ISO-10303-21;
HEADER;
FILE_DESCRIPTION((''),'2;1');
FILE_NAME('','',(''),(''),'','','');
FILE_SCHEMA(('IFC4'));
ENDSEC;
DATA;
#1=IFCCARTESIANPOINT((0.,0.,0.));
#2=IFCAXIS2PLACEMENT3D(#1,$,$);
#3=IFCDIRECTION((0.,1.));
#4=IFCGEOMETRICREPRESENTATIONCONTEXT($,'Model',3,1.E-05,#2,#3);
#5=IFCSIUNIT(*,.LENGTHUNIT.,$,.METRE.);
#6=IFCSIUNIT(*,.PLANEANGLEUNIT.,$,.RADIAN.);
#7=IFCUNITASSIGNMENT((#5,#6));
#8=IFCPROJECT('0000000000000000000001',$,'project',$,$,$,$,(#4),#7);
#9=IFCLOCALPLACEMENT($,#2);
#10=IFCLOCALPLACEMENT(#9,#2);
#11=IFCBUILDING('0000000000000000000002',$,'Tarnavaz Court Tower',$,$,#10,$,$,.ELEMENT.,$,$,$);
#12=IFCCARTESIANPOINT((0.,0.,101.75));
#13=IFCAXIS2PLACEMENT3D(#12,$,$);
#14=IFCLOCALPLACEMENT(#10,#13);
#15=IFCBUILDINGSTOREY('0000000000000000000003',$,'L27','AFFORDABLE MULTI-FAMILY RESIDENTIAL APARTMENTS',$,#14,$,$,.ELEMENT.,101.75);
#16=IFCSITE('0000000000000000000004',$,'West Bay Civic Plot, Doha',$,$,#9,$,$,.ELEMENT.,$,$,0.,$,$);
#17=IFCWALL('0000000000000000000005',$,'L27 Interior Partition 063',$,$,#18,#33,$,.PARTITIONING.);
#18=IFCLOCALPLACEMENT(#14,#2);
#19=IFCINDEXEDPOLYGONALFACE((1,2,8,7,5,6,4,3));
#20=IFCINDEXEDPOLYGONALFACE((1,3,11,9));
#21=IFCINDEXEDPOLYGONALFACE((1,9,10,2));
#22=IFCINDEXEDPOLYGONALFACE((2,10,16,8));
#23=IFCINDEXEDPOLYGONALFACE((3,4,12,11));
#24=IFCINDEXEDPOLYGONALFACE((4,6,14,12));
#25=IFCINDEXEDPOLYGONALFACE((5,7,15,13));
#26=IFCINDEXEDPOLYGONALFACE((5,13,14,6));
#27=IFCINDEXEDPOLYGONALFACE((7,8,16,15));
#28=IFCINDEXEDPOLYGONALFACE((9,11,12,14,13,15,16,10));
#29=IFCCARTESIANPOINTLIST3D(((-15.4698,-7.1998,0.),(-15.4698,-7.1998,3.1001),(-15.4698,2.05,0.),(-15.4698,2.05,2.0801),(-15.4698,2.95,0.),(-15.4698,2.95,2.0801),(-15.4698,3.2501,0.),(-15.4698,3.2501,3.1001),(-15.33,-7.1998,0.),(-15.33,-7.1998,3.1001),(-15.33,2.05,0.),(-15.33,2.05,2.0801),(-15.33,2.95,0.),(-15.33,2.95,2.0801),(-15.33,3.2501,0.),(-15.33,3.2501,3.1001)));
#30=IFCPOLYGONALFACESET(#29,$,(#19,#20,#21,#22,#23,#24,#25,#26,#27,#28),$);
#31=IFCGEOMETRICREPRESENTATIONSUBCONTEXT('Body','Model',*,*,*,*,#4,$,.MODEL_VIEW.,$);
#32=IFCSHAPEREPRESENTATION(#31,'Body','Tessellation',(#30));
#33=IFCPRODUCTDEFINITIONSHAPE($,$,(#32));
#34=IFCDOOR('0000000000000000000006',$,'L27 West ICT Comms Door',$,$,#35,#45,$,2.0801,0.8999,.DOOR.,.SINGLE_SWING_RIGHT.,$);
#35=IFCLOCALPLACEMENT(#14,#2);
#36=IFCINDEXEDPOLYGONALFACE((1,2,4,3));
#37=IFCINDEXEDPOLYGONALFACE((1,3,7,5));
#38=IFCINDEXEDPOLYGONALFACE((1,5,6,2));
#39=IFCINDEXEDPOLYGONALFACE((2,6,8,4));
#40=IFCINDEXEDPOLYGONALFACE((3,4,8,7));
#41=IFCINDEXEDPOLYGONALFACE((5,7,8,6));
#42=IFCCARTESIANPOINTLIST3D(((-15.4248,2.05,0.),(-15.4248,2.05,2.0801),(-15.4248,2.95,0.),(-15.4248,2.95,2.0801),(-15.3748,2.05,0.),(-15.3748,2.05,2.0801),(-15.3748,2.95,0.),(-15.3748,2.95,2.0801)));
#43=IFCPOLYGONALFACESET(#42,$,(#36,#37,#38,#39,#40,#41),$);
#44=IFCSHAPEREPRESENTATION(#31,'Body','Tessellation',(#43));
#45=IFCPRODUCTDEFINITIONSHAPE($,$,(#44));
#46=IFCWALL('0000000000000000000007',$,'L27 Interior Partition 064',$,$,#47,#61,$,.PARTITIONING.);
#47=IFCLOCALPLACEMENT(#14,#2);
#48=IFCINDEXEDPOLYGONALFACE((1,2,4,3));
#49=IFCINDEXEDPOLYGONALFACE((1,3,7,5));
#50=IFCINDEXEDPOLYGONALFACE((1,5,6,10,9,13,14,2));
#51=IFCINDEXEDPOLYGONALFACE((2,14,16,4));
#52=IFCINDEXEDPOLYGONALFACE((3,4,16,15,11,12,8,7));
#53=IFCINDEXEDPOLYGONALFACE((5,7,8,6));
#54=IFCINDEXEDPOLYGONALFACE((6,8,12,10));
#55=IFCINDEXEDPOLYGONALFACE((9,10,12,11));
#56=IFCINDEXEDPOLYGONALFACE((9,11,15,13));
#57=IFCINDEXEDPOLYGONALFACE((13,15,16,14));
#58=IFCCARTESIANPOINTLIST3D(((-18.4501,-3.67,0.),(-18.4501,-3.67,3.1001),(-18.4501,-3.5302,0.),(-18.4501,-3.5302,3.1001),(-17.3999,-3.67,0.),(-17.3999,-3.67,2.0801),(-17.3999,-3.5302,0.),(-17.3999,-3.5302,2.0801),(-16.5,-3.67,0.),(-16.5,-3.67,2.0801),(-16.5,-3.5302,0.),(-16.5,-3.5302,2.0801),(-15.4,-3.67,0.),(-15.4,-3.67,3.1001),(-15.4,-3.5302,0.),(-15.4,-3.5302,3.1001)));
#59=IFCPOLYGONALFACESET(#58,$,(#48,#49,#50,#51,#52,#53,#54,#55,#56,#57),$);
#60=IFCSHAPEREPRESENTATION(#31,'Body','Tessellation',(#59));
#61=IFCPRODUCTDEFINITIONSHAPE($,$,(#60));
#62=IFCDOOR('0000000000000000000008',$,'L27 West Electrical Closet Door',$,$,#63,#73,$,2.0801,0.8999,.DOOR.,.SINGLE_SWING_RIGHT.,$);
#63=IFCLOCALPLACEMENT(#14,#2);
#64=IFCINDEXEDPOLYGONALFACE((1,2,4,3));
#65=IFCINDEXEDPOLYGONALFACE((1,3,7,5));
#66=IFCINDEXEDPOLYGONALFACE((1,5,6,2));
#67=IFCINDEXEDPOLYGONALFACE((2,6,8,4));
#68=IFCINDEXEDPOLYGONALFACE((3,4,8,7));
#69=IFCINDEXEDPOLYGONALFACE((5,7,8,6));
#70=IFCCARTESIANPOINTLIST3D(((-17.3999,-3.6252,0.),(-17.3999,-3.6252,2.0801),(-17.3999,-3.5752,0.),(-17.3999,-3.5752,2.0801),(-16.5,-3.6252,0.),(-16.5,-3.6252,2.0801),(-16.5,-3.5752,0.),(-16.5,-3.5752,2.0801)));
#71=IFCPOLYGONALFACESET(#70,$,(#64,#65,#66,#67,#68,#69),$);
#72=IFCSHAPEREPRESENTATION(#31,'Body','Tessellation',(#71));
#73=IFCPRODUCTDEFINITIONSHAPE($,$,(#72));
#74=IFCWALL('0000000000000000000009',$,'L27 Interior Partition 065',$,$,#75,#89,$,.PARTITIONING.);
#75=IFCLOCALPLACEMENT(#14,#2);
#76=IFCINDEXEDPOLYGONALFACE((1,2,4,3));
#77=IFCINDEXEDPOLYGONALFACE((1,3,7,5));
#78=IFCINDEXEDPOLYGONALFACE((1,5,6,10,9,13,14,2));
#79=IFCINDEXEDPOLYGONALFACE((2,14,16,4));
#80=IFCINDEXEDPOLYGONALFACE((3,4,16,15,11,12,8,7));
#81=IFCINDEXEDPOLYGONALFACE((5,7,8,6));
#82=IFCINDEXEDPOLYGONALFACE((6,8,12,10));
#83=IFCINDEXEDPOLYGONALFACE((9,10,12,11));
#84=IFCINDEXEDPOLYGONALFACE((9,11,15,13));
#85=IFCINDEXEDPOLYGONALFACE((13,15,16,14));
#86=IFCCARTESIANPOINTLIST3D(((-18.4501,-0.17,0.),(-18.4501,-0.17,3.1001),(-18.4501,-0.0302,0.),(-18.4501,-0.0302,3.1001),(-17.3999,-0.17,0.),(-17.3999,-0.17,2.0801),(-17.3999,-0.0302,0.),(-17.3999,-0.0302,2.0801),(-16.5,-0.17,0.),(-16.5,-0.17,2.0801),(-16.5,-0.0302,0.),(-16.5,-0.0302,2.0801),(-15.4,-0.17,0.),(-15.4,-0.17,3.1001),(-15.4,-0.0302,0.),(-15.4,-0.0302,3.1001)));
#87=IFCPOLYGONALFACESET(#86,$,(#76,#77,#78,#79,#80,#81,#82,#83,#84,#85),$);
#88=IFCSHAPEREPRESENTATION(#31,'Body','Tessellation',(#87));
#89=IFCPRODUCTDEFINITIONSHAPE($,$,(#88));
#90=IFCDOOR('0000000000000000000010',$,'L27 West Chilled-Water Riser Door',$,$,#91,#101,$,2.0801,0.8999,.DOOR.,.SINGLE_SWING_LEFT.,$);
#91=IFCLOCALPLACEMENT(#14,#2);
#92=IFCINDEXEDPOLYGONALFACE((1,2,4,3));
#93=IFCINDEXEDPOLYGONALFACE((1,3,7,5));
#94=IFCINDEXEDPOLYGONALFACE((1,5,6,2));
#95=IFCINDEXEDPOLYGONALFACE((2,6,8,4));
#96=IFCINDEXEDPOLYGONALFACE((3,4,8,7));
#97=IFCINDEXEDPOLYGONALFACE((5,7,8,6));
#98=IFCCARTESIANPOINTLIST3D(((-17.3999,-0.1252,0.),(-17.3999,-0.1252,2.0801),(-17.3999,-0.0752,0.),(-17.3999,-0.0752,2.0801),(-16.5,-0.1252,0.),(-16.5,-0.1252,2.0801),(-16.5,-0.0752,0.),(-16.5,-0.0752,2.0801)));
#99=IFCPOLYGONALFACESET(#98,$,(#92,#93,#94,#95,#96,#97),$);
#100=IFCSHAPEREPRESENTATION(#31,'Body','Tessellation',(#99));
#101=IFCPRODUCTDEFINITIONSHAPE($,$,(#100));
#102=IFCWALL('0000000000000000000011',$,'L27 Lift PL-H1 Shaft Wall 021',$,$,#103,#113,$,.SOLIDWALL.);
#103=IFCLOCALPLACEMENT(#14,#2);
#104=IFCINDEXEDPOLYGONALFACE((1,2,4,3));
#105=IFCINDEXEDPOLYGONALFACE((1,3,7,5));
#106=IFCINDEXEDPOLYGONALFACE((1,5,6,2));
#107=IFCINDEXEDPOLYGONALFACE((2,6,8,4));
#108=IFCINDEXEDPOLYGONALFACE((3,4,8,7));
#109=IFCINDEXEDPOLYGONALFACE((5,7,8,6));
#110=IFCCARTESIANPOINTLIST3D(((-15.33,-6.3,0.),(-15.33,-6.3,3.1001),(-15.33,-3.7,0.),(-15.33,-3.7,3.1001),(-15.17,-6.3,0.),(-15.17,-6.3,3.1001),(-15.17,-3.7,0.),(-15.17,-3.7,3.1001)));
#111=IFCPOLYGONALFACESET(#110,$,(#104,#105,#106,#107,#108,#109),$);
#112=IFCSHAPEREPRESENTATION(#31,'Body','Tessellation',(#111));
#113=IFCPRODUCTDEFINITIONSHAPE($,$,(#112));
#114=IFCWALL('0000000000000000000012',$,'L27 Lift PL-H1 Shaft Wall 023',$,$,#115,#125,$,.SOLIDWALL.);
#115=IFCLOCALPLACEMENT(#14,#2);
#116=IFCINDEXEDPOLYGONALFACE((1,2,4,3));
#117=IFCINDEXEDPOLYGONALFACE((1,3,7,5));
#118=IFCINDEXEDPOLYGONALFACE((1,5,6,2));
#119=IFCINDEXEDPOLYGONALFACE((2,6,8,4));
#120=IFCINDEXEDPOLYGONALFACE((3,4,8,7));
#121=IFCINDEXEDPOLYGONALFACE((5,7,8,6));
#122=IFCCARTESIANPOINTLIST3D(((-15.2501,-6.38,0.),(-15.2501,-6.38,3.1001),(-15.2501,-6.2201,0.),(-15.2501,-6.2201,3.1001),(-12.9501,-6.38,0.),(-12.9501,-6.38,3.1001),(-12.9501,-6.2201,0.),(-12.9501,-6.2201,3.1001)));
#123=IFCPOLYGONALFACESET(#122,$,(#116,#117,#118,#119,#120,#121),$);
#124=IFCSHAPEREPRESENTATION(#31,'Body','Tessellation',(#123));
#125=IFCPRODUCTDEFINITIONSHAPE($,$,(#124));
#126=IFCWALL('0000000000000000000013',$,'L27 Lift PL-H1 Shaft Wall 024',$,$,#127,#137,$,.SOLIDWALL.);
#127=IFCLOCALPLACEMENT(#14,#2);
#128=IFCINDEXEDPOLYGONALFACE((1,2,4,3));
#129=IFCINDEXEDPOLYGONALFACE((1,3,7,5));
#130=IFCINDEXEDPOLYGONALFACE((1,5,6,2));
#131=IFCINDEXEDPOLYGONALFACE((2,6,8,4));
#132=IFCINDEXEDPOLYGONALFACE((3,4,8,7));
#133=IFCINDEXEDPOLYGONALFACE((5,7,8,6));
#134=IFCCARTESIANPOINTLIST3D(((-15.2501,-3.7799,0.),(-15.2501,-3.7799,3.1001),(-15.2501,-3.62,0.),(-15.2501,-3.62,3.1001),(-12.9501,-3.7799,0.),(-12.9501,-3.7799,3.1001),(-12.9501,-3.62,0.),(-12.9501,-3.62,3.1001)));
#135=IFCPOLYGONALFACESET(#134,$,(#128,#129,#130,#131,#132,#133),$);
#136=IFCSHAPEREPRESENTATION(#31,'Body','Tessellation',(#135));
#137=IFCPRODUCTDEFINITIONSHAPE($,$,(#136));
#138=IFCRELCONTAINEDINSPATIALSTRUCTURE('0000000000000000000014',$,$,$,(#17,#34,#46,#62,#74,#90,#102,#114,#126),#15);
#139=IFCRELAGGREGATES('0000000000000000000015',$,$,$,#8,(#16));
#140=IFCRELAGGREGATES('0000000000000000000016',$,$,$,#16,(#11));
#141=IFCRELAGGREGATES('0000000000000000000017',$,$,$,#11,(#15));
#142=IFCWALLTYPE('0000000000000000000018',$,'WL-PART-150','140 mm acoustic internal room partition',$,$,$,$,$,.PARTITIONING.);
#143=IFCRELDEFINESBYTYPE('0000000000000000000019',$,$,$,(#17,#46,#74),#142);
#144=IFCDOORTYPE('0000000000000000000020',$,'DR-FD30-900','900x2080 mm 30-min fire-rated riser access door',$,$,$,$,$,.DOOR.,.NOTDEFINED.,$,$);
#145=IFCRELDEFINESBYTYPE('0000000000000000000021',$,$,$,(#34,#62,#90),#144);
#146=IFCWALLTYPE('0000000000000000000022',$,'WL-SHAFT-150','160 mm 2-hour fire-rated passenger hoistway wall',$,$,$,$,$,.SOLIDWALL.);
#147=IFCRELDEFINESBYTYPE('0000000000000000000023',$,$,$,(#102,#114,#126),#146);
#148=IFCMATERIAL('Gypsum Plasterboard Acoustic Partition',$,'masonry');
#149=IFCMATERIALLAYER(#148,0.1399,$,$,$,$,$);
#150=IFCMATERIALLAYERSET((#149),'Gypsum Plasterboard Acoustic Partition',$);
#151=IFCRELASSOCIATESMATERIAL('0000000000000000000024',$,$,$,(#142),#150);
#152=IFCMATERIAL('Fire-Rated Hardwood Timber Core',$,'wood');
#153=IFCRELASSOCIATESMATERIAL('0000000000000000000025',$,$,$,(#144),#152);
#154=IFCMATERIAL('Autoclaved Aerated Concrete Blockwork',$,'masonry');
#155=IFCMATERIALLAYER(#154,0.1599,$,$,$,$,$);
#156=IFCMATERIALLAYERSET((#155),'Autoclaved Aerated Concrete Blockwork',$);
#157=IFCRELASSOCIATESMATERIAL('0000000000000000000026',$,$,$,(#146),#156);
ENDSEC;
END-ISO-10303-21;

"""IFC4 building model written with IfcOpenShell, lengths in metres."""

from ifc_helpers import new_model, si_unit, direction, frame, frame_2d, origin, place, context, subcontext, project, spatial, rectangle, extrude, material, layer, layer_set, type_object, element, fill, save


model = new_model("IFC4")

# Units and contexts
model_context = context("Model", 3, precision=1e-05, world=origin(), true_north=direction((0.0, 1.0)))
body_context = subcontext(model_context, "Body", "Model", "MODEL_VIEW")
ifc_project = project(units=[si_unit("LENGTHUNIT", "METRE"), si_unit("PLANEANGLEUNIT", "RADIAN")], contexts=[model_context])

# Site, building, storey
site_placement = place(None, origin())
site = spatial("IfcSite", under=ifc_project, at=site_placement, Name="West Bay Civic Plot, Doha", CompositionType="ELEMENT", RefElevation=0.0)
building_placement = place(site_placement, origin())
building = spatial("IfcBuilding", under=site, at=building_placement, Name="Tarnavaz Court Tower", CompositionType="ELEMENT")
storey_placement = place(building_placement, frame((0.0, 0.0, 101.75)))
storey = spatial("IfcBuildingStorey", under=building, at=storey_placement, Name="L27", Description="AFFORDABLE MULTI-FAMILY RESIDENTIAL APARTMENTS", CompositionType="ELEMENT", Elevation=101.75)

# Shared definitions
ifc_material_1 = material(Name="Fire-Rated Hardwood Timber Core", Category="wood")

# Walls, openings, doors
ifc_material_2 = material(Name="Gypsum Plasterboard Acoustic Partition", Category="masonry")
ifc_layer_1 = layer(ifc_material_2, 0.1399)
ifc_layer_set_1 = layer_set([ifc_layer_1], Name="Gypsum Plasterboard Acoustic Partition")
wall_type_1 = type_object("IfcWallType", Name="WL-PART-150", Description="140 mm acoustic internal room partition", PredefinedType="PARTITIONING", material=ifc_layer_set_1)
wall_1_placement = place(storey_placement, frame((-15.3999, -7.2, 0.0), z_axis=(0.0, 0.0, 1.0), x_axis=(0.0, 1.0, 0.0)))
wall_1 = element("IfcWall", 1, at=wall_1_placement, inside=storey, type_object=wall_type_1, Name="L27 Interior Partition 063", PredefinedType="PARTITIONING", context=body_context, shape_type="SweptSolid", body=[
    extrude(rectangle(XDim=10.45, YDim=0.1399, at=frame_2d((5.2251, 0.0))), origin(), (0.0, 0.0, 1.0), 3.1001),
])
opening_1_placement = place(wall_1_placement, frame((9.25, 0.0, 0.0)))
opening_1 = element("IfcOpeningElement", 2, at=opening_1_placement, cuts=wall_1, PredefinedType="OPENING", context=body_context, shape_type="SweptSolid", body=[
    extrude(rectangle(XDim=0.8999, YDim=2.0801, at=frame_2d((0.45, 1.04))), frame((0.0, 0.0798, 0.0), z_axis=(0.0, -1.0, 0.0), x_axis=(1.0, 0.0, 0.0)), (0.0, 0.0, 1.0), 0.1599),
])
door_type_1 = type_object("IfcDoorType", Name="DR-FD30-900", Description="900x2080 mm 30-min fire-rated riser access door", OperationType="NOTDEFINED", PredefinedType="DOOR", material=ifc_material_1)
door_1_placement = place(opening_1_placement, origin())
door_1 = element("IfcDoor", 3, at=door_1_placement, inside=storey, type_object=door_type_1, Name="L27 West ICT Comms Door", OperationType="SINGLE_SWING_RIGHT", OverallHeight=2.0801, OverallWidth=0.8999, PredefinedType="DOOR", context=body_context, shape_type="SweptSolid", body=[
    extrude(rectangle(XDim=0.8999, YDim=2.0801, at=frame_2d((0.45, 1.04))), frame((0.0, 0.0249, 0.0), z_axis=(0.0, -1.0, 0.0), x_axis=(1.0, 0.0, 0.0)), (0.0, 0.0, 1.0), 0.05),
])
fill(opening_1, door_1)
wall_2_placement = place(storey_placement, frame((-18.45, -3.6001, 0.0), z_axis=(0.0, 0.0, 1.0), x_axis=(1.0, 0.0, 0.0)))
wall_2 = element("IfcWall", 4, at=wall_2_placement, inside=storey, type_object=wall_type_1, Name="L27 Interior Partition 064", PredefinedType="PARTITIONING", context=body_context, shape_type="SweptSolid", body=[
    extrude(rectangle(XDim=3.05, YDim=0.1399, at=frame_2d((1.5249, 0.0))), origin(), (0.0, 0.0, 1.0), 3.1001),
])
opening_2_placement = place(wall_2_placement, frame((1.05, 0.0, 0.0)))
opening_2 = element("IfcOpeningElement", 5, at=opening_2_placement, cuts=wall_2, PredefinedType="OPENING", context=body_context, shape_type="SweptSolid", body=[
    extrude(rectangle(XDim=0.8999, YDim=2.0801, at=frame_2d((0.45, 1.04))), frame((0.0, 0.0798, 0.0), z_axis=(0.0, -1.0, 0.0), x_axis=(1.0, 0.0, 0.0)), (0.0, 0.0, 1.0), 0.1599),
])
door_2_placement = place(opening_2_placement, origin())
door_2 = element("IfcDoor", 6, at=door_2_placement, inside=storey, type_object=door_type_1, Name="L27 West Electrical Closet Door", OperationType="SINGLE_SWING_RIGHT", OverallHeight=2.0801, OverallWidth=0.8999, PredefinedType="DOOR", context=body_context, shape_type="SweptSolid", body=[
    extrude(rectangle(XDim=0.8999, YDim=2.0801, at=frame_2d((0.45, 1.04))), frame((0.0, 0.0249, 0.0), z_axis=(0.0, -1.0, 0.0), x_axis=(1.0, 0.0, 0.0)), (0.0, 0.0, 1.0), 0.05),
])
fill(opening_2, door_2)
wall_3_placement = place(storey_placement, frame((-18.45, -0.1001, 0.0), z_axis=(0.0, 0.0, 1.0), x_axis=(1.0, 0.0, 0.0)))
wall_3 = element("IfcWall", 7, at=wall_3_placement, inside=storey, type_object=wall_type_1, Name="L27 Interior Partition 065", PredefinedType="PARTITIONING", context=body_context, shape_type="SweptSolid", body=[
    extrude(rectangle(XDim=3.05, YDim=0.1399, at=frame_2d((1.5249, 0.0))), origin(), (0.0, 0.0, 1.0), 3.1001),
])
opening_3_placement = place(wall_3_placement, frame((1.05, 0.0, 0.0)))
opening_3 = element("IfcOpeningElement", 8, at=opening_3_placement, cuts=wall_3, PredefinedType="OPENING", context=body_context, shape_type="SweptSolid", body=[
    extrude(rectangle(XDim=0.8999, YDim=2.0801, at=frame_2d((0.45, 1.04))), frame((0.0, 0.0798, 0.0), z_axis=(0.0, -1.0, 0.0), x_axis=(1.0, 0.0, 0.0)), (0.0, 0.0, 1.0), 0.1599),
])
door_3_placement = place(opening_3_placement, origin())
door_3 = element("IfcDoor", 9, at=door_3_placement, inside=storey, type_object=door_type_1, Name="L27 West Chilled-Water Riser Door", OperationType="SINGLE_SWING_LEFT", OverallHeight=2.0801, OverallWidth=0.8999, PredefinedType="DOOR", context=body_context, shape_type="SweptSolid", body=[
    extrude(rectangle(XDim=0.8999, YDim=2.0801, at=frame_2d((0.45, 1.04))), frame((0.0, 0.0249, 0.0), z_axis=(0.0, -1.0, 0.0), x_axis=(1.0, 0.0, 0.0)), (0.0, 0.0, 1.0), 0.05),
])
fill(opening_3, door_3)

# Walls
ifc_material_3 = material(Name="Autoclaved Aerated Concrete Blockwork", Category="masonry")
ifc_layer_2 = layer(ifc_material_3, 0.1599)
ifc_layer_set_2 = layer_set([ifc_layer_2], Name="Autoclaved Aerated Concrete Blockwork")
wall_type_2 = type_object("IfcWallType", Name="WL-SHAFT-150", Description="160 mm 2-hour fire-rated passenger hoistway wall", PredefinedType="SOLIDWALL", material=ifc_layer_set_2)
wall_4_placement = place(storey_placement, frame((-15.25, -6.3, 0.0), z_axis=(0.0, 0.0, 1.0), x_axis=(0.0, 1.0, 0.0)))
element("IfcWall", 10, at=wall_4_placement, inside=storey, type_object=wall_type_2, Name="L27 Lift PL-H1 Shaft Wall 021", PredefinedType="SOLIDWALL", context=body_context, shape_type="SweptSolid", body=[
    extrude(rectangle(XDim=2.6001, YDim=0.1599, at=frame_2d((1.3, 0.0))), origin(), (0.0, 0.0, 1.0), 3.1001),
])
for number, where, z_axis, x_axis, name in (
    (11, (-15.25, -6.3, 0.0), (0.0, 0.0, 1.0), (1.0, 0.0, 0.0), "L27 Lift PL-H1 Shaft Wall 023"),
    (12, (-15.25, -3.7, 0.0), (0.0, 0.0, 1.0), (1.0, 0.0, 0.0), "L27 Lift PL-H1 Shaft Wall 024"),
):
    element("IfcWall", number, at=place(storey_placement, frame(where, z_axis=z_axis, x_axis=x_axis)), inside=storey, type_object=wall_type_2, Name=name, PredefinedType="SOLIDWALL", context=body_context, shape_type="SweptSolid", body=[
        extrude(rectangle(XDim=2.3, YDim=0.1599, at=frame_2d((1.1499, 0.0))), origin(), (0.0, 0.0, 1.0), 3.1001),
    ])

save(model, "model.ifc")
